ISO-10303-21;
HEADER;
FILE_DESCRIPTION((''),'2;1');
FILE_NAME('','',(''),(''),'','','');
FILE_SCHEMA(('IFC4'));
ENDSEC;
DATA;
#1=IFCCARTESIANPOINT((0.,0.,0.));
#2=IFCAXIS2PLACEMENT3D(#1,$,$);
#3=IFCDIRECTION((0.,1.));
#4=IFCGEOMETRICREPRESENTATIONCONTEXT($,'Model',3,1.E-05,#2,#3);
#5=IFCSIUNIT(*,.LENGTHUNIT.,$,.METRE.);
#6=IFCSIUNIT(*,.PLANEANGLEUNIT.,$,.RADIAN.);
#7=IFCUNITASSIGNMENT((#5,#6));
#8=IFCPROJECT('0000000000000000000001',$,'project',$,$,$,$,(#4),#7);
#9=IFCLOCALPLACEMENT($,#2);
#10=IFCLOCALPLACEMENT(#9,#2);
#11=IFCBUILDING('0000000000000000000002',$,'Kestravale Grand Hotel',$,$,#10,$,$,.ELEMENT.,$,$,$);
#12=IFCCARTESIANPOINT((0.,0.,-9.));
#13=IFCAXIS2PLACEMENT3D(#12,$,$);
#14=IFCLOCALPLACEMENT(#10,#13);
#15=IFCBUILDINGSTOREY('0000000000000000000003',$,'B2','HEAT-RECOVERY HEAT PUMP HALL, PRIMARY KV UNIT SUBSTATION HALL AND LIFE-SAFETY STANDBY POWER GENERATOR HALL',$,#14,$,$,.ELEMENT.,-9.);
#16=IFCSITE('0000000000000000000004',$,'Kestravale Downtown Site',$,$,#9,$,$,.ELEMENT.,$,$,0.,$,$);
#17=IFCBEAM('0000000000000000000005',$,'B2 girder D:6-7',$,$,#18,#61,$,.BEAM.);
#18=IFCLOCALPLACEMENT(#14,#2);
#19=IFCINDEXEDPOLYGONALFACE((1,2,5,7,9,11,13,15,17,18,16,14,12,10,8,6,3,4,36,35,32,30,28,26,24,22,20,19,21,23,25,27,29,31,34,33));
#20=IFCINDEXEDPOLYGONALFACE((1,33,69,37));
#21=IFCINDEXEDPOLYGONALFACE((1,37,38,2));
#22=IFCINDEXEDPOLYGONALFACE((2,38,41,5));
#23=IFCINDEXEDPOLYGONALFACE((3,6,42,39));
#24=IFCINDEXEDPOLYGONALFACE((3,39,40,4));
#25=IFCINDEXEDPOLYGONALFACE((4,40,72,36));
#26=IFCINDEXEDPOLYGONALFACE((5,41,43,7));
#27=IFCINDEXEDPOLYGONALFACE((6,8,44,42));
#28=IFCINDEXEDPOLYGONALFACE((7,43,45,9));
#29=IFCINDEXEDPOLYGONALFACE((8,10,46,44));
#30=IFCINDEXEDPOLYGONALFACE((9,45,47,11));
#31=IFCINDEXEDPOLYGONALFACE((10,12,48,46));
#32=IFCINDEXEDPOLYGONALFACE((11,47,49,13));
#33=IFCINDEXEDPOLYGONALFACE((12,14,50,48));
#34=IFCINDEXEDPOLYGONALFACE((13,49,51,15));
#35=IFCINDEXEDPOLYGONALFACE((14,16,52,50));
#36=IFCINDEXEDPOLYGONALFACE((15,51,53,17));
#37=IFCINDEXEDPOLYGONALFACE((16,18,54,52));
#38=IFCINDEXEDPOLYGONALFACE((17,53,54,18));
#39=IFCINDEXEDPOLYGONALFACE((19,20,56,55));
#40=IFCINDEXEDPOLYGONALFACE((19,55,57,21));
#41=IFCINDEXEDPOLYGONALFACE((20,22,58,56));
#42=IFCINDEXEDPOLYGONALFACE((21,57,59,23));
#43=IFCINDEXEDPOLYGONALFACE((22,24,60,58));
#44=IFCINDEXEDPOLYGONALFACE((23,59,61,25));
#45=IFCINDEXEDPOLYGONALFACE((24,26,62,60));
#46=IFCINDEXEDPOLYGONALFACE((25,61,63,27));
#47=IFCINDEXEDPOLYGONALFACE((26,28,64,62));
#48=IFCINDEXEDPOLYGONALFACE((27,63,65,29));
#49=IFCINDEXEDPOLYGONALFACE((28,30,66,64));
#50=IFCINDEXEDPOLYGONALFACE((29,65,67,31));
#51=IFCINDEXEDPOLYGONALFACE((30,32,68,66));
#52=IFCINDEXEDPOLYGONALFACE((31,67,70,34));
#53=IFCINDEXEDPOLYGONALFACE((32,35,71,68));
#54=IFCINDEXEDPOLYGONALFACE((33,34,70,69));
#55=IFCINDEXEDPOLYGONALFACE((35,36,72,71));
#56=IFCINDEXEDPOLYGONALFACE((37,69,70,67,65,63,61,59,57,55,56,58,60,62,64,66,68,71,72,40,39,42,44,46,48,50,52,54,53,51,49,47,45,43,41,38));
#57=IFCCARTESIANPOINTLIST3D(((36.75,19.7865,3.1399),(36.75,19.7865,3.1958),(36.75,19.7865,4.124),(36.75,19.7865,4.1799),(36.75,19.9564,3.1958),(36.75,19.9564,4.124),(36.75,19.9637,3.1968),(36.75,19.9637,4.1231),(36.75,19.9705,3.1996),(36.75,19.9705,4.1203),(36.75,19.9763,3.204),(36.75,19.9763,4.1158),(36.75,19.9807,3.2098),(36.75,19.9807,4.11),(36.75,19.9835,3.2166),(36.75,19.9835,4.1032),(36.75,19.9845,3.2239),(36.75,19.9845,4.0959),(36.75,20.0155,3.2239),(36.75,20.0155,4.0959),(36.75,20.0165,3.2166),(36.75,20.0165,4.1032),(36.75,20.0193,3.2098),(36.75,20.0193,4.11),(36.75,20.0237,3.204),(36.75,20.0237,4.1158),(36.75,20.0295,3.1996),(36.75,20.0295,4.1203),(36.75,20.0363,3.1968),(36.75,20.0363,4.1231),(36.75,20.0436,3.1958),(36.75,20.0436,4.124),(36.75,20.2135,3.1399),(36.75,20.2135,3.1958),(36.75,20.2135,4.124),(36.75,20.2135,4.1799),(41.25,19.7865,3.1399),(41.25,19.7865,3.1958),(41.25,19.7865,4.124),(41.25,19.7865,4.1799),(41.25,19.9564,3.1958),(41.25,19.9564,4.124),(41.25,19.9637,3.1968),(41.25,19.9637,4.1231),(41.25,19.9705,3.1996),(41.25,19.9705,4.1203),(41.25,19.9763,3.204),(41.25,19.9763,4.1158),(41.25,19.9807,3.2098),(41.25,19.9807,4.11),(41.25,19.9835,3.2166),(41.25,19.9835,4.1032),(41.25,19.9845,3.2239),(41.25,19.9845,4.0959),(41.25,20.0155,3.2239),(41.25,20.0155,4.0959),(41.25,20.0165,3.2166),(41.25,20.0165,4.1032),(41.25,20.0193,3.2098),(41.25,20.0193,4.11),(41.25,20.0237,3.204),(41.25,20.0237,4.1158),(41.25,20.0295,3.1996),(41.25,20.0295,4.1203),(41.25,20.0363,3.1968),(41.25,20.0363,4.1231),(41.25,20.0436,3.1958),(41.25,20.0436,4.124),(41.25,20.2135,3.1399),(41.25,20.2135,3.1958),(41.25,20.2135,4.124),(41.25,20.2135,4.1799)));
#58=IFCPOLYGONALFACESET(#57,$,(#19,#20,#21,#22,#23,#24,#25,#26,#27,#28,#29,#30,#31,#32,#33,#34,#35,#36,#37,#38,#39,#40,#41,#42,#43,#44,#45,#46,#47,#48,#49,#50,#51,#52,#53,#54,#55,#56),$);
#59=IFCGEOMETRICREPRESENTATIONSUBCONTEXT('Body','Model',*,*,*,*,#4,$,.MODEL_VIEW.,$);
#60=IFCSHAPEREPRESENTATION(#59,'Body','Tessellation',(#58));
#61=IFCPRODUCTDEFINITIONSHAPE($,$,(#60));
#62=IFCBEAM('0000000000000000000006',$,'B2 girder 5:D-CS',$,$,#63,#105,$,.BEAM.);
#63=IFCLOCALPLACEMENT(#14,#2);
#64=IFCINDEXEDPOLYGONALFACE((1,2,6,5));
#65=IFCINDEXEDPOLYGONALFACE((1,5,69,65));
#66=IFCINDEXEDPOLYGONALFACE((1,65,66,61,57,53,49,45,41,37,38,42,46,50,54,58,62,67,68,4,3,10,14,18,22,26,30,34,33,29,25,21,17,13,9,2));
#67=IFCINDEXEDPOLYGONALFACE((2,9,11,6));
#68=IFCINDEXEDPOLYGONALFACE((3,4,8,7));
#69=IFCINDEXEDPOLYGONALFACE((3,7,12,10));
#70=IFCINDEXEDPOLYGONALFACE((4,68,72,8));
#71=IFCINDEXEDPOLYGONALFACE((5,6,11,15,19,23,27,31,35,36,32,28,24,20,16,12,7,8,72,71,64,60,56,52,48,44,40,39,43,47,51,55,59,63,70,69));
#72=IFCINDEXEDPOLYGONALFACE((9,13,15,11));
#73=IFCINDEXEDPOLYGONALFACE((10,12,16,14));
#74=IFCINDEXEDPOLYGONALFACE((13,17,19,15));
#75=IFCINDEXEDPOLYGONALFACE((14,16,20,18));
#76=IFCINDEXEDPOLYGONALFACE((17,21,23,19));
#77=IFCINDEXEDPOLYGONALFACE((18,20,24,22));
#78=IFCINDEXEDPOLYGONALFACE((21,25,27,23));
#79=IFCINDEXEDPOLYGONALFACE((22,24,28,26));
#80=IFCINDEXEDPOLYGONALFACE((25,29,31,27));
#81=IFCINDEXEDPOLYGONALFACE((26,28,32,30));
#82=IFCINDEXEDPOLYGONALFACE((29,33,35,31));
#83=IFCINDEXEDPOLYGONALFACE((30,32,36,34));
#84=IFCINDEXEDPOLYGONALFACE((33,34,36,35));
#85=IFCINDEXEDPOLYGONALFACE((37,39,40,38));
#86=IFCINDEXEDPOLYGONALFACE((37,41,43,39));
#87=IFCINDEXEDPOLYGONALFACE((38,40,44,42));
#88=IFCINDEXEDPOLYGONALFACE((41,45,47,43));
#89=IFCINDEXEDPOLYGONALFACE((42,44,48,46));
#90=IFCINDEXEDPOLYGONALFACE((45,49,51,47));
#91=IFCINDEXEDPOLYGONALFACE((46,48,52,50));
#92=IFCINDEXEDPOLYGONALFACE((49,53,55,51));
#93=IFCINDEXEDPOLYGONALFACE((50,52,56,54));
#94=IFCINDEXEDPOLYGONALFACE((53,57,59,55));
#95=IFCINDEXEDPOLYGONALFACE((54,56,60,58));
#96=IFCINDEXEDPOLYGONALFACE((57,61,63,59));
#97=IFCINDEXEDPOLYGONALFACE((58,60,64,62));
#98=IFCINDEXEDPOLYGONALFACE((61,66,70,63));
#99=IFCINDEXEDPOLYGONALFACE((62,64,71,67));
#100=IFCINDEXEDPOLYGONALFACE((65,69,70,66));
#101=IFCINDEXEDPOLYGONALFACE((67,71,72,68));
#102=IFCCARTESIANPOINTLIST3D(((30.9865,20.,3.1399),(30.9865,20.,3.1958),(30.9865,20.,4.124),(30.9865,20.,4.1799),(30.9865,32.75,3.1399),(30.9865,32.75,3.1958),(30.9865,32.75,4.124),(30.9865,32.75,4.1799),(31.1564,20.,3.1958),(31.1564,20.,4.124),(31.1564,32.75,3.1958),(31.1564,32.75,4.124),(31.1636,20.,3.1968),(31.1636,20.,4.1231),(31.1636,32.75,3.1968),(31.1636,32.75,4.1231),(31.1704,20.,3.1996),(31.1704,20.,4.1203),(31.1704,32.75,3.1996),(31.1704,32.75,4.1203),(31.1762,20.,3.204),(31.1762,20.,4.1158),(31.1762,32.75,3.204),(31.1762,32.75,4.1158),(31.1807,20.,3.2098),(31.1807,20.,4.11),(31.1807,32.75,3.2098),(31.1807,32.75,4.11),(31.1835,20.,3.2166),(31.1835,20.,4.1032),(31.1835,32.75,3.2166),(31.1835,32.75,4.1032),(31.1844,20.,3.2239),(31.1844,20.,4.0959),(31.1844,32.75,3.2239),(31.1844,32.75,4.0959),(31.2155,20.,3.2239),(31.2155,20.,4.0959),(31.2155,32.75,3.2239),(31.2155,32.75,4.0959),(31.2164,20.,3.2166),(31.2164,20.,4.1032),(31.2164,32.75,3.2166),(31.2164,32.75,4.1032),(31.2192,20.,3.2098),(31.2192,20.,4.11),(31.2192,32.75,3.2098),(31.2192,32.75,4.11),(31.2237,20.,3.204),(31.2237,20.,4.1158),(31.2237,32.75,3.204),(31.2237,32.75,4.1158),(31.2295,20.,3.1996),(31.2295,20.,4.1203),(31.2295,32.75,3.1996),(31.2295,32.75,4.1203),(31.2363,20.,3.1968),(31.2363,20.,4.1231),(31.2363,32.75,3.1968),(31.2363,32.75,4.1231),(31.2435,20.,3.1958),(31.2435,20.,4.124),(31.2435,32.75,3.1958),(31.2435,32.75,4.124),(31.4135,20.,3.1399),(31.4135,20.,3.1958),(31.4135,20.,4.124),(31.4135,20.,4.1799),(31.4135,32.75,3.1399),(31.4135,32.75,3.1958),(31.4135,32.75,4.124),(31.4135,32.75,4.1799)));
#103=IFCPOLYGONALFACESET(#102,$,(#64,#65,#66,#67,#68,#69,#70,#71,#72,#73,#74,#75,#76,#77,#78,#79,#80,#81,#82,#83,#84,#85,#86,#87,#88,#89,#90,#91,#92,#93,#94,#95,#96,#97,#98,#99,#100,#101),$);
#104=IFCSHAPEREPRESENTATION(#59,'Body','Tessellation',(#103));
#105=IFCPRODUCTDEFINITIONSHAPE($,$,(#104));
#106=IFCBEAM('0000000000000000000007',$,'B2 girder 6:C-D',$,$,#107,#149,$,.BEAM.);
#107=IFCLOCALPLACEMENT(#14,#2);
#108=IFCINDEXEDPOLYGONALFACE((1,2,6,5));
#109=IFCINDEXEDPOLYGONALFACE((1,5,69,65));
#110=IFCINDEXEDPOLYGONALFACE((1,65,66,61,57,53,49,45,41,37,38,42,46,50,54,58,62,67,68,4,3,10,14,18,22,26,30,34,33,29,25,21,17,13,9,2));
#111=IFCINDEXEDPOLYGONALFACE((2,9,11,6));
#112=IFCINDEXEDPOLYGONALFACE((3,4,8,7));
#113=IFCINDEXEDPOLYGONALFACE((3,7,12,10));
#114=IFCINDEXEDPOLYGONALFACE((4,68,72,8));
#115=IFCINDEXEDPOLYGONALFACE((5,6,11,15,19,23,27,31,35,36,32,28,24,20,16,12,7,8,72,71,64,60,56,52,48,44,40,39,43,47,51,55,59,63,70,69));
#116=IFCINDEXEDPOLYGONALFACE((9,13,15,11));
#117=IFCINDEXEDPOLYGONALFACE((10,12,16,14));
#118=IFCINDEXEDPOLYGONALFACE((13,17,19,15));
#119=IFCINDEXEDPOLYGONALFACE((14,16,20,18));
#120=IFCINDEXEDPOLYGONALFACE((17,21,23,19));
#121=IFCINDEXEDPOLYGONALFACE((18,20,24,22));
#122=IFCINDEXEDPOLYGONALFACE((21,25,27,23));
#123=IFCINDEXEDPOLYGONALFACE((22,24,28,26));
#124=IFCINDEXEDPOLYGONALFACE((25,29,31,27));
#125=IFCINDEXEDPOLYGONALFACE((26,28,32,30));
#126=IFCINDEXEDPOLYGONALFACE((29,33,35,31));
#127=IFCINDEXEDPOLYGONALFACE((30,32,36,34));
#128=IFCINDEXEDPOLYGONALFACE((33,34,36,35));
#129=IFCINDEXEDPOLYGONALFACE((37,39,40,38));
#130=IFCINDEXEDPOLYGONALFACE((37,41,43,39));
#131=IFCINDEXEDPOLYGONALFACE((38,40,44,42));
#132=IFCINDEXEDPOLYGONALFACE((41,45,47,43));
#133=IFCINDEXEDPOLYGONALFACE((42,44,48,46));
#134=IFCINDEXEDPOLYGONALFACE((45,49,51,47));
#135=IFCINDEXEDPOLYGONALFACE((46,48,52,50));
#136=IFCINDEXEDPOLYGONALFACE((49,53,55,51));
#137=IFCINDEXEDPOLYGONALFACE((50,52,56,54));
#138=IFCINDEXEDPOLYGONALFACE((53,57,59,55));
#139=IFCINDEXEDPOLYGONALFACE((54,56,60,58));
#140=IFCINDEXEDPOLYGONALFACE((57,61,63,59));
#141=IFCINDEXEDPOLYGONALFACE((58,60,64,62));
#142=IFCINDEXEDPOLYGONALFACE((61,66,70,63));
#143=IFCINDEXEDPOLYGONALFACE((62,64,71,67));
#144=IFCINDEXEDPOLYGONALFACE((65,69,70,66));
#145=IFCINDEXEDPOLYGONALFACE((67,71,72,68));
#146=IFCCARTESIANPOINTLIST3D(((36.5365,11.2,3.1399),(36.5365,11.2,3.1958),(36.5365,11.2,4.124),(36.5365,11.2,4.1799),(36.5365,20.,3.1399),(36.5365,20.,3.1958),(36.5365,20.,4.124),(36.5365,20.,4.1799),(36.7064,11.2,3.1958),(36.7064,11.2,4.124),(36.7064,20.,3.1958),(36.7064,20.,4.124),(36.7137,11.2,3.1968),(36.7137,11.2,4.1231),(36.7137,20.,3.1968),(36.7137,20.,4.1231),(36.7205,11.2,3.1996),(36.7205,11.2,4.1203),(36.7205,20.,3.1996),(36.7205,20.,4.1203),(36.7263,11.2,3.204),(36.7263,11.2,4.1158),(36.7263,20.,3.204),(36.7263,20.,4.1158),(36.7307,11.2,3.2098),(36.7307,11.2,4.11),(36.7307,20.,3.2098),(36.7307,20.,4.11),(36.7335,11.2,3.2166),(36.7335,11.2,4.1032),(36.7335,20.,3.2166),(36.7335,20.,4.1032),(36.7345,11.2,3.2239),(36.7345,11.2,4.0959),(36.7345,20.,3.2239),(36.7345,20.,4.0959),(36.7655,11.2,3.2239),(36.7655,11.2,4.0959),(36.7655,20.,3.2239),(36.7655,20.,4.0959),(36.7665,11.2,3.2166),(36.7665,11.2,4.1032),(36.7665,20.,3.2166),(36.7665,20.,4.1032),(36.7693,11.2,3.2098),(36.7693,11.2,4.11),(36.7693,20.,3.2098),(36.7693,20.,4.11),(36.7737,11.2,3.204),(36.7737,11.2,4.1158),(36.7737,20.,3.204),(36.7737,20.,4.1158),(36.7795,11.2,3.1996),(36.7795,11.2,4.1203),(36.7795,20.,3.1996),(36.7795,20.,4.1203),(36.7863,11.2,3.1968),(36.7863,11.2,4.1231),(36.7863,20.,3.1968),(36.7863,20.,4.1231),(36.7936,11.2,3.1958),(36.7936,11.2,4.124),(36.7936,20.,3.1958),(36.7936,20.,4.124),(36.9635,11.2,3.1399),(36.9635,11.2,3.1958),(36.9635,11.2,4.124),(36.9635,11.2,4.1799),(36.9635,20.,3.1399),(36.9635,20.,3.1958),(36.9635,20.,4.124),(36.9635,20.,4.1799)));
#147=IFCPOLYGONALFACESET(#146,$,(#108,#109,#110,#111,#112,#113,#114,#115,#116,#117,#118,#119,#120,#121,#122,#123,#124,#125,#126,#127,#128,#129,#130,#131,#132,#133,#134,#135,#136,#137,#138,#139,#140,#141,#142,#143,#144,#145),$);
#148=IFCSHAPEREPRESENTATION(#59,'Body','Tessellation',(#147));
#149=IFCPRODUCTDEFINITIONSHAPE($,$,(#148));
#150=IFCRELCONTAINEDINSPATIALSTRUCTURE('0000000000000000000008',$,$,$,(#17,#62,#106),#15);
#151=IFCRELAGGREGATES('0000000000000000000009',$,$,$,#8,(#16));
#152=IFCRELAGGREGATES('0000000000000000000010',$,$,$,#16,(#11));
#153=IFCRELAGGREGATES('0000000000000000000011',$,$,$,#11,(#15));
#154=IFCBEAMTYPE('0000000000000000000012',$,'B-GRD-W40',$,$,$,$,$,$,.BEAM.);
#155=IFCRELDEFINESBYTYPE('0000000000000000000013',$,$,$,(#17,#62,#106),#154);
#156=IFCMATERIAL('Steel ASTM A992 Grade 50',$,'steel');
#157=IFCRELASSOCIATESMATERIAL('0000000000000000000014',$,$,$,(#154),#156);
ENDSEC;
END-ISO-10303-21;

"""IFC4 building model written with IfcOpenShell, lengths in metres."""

from ifc_helpers import new_model, si_unit, direction, frame, origin, origin_2d, place, context, subcontext, project, spatial, i_section, extrude, material, material_profile, profile_set, type_object, element, save


model = new_model("IFC4")

# Units and contexts
model_context = context("Model", 3, precision=1e-05, world=origin(), true_north=direction((0.0, 1.0)))
body_context = subcontext(model_context, "Body", "Model", "MODEL_VIEW")
ifc_project = project(units=[si_unit("LENGTHUNIT", "METRE"), si_unit("PLANEANGLEUNIT", "RADIAN")], contexts=[model_context])

# Site, building, storey
site_placement = place(None, origin())
site = spatial("IfcSite", under=ifc_project, at=site_placement, Name="Kestravale Downtown Site", CompositionType="ELEMENT", RefElevation=0.0)
building_placement = place(site_placement, origin())
building = spatial("IfcBuilding", under=site, at=building_placement, Name="Kestravale Grand Hotel", CompositionType="ELEMENT")
storey_placement = place(building_placement, frame((0.0, 0.0, -9.0)))
storey = spatial("IfcBuildingStorey", under=building, at=storey_placement, Name="B2", Description="HEAT-RECOVERY HEAT PUMP HALL, PRIMARY KV UNIT SUBSTATION HALL AND LIFE-SAFETY STANDBY POWER GENERATOR HALL", CompositionType="ELEMENT", Elevation=-9.0)

# Beams
ifc_material_1 = material(Name="Steel ASTM A992 Grade 50", Category="steel")
ifc_material_profile_1 = material_profile(ifc_material_1, i_section(OverallWidth=0.427, OverallDepth=1.04, WebThickness=0.031, FlangeThickness=0.0559, FilletRadius=0.0281, at=origin_2d()))
ifc_profile_set_1 = profile_set([ifc_material_profile_1], Name="Steel ASTM A992 Grade 50")
beam_type_1 = type_object("IfcBeamType", Name="B-GRD-W40", PredefinedType="BEAM", material=ifc_profile_set_1)
beam_1_placement = place(storey_placement, frame((36.75, 20.0, 3.6599), z_axis=(1.0, 0.0, 0.0), x_axis=(0.0, 1.0, 0.0)))
element("IfcBeam", 1, at=beam_1_placement, inside=storey, type_object=beam_type_1, Name="B2 girder D:6-7", PredefinedType="BEAM", context=body_context, shape_type="SweptSolid", body=[
    extrude(i_section(OverallWidth=0.427, OverallDepth=1.04, WebThickness=0.031, FlangeThickness=0.0559, FilletRadius=0.0281, at=origin_2d()), origin(), (0.0, 0.0, 1.0), 4.5),
])
beam_2_placement = place(storey_placement, frame((31.2, 20.0, 3.6599), z_axis=(0.0, 1.0, 0.0), x_axis=(-1.0, 0.0, 0.0)))
element("IfcBeam", 2, at=beam_2_placement, inside=storey, type_object=beam_type_1, Name="B2 girder 5:D-CS", PredefinedType="BEAM", context=body_context, shape_type="SweptSolid", body=[
    extrude(i_section(OverallWidth=0.427, OverallDepth=1.04, WebThickness=0.031, FlangeThickness=0.0559, FilletRadius=0.0281, at=origin_2d()), origin(), (0.0, 0.0, 1.0), 12.75),
])
beam_3_placement = place(storey_placement, frame((36.75, 11.2, 3.6599), z_axis=(0.0, 1.0, 0.0), x_axis=(-1.0, 0.0, 0.0)))
element("IfcBeam", 3, at=beam_3_placement, inside=storey, type_object=beam_type_1, Name="B2 girder 6:C-D", PredefinedType="BEAM", context=body_context, shape_type="SweptSolid", body=[
    extrude(i_section(OverallWidth=0.427, OverallDepth=1.04, WebThickness=0.031, FlangeThickness=0.0559, FilletRadius=0.0281, at=origin_2d()), origin(), (0.0, 0.0, 1.0), 8.8),
])

save(model, "model.ifc")
